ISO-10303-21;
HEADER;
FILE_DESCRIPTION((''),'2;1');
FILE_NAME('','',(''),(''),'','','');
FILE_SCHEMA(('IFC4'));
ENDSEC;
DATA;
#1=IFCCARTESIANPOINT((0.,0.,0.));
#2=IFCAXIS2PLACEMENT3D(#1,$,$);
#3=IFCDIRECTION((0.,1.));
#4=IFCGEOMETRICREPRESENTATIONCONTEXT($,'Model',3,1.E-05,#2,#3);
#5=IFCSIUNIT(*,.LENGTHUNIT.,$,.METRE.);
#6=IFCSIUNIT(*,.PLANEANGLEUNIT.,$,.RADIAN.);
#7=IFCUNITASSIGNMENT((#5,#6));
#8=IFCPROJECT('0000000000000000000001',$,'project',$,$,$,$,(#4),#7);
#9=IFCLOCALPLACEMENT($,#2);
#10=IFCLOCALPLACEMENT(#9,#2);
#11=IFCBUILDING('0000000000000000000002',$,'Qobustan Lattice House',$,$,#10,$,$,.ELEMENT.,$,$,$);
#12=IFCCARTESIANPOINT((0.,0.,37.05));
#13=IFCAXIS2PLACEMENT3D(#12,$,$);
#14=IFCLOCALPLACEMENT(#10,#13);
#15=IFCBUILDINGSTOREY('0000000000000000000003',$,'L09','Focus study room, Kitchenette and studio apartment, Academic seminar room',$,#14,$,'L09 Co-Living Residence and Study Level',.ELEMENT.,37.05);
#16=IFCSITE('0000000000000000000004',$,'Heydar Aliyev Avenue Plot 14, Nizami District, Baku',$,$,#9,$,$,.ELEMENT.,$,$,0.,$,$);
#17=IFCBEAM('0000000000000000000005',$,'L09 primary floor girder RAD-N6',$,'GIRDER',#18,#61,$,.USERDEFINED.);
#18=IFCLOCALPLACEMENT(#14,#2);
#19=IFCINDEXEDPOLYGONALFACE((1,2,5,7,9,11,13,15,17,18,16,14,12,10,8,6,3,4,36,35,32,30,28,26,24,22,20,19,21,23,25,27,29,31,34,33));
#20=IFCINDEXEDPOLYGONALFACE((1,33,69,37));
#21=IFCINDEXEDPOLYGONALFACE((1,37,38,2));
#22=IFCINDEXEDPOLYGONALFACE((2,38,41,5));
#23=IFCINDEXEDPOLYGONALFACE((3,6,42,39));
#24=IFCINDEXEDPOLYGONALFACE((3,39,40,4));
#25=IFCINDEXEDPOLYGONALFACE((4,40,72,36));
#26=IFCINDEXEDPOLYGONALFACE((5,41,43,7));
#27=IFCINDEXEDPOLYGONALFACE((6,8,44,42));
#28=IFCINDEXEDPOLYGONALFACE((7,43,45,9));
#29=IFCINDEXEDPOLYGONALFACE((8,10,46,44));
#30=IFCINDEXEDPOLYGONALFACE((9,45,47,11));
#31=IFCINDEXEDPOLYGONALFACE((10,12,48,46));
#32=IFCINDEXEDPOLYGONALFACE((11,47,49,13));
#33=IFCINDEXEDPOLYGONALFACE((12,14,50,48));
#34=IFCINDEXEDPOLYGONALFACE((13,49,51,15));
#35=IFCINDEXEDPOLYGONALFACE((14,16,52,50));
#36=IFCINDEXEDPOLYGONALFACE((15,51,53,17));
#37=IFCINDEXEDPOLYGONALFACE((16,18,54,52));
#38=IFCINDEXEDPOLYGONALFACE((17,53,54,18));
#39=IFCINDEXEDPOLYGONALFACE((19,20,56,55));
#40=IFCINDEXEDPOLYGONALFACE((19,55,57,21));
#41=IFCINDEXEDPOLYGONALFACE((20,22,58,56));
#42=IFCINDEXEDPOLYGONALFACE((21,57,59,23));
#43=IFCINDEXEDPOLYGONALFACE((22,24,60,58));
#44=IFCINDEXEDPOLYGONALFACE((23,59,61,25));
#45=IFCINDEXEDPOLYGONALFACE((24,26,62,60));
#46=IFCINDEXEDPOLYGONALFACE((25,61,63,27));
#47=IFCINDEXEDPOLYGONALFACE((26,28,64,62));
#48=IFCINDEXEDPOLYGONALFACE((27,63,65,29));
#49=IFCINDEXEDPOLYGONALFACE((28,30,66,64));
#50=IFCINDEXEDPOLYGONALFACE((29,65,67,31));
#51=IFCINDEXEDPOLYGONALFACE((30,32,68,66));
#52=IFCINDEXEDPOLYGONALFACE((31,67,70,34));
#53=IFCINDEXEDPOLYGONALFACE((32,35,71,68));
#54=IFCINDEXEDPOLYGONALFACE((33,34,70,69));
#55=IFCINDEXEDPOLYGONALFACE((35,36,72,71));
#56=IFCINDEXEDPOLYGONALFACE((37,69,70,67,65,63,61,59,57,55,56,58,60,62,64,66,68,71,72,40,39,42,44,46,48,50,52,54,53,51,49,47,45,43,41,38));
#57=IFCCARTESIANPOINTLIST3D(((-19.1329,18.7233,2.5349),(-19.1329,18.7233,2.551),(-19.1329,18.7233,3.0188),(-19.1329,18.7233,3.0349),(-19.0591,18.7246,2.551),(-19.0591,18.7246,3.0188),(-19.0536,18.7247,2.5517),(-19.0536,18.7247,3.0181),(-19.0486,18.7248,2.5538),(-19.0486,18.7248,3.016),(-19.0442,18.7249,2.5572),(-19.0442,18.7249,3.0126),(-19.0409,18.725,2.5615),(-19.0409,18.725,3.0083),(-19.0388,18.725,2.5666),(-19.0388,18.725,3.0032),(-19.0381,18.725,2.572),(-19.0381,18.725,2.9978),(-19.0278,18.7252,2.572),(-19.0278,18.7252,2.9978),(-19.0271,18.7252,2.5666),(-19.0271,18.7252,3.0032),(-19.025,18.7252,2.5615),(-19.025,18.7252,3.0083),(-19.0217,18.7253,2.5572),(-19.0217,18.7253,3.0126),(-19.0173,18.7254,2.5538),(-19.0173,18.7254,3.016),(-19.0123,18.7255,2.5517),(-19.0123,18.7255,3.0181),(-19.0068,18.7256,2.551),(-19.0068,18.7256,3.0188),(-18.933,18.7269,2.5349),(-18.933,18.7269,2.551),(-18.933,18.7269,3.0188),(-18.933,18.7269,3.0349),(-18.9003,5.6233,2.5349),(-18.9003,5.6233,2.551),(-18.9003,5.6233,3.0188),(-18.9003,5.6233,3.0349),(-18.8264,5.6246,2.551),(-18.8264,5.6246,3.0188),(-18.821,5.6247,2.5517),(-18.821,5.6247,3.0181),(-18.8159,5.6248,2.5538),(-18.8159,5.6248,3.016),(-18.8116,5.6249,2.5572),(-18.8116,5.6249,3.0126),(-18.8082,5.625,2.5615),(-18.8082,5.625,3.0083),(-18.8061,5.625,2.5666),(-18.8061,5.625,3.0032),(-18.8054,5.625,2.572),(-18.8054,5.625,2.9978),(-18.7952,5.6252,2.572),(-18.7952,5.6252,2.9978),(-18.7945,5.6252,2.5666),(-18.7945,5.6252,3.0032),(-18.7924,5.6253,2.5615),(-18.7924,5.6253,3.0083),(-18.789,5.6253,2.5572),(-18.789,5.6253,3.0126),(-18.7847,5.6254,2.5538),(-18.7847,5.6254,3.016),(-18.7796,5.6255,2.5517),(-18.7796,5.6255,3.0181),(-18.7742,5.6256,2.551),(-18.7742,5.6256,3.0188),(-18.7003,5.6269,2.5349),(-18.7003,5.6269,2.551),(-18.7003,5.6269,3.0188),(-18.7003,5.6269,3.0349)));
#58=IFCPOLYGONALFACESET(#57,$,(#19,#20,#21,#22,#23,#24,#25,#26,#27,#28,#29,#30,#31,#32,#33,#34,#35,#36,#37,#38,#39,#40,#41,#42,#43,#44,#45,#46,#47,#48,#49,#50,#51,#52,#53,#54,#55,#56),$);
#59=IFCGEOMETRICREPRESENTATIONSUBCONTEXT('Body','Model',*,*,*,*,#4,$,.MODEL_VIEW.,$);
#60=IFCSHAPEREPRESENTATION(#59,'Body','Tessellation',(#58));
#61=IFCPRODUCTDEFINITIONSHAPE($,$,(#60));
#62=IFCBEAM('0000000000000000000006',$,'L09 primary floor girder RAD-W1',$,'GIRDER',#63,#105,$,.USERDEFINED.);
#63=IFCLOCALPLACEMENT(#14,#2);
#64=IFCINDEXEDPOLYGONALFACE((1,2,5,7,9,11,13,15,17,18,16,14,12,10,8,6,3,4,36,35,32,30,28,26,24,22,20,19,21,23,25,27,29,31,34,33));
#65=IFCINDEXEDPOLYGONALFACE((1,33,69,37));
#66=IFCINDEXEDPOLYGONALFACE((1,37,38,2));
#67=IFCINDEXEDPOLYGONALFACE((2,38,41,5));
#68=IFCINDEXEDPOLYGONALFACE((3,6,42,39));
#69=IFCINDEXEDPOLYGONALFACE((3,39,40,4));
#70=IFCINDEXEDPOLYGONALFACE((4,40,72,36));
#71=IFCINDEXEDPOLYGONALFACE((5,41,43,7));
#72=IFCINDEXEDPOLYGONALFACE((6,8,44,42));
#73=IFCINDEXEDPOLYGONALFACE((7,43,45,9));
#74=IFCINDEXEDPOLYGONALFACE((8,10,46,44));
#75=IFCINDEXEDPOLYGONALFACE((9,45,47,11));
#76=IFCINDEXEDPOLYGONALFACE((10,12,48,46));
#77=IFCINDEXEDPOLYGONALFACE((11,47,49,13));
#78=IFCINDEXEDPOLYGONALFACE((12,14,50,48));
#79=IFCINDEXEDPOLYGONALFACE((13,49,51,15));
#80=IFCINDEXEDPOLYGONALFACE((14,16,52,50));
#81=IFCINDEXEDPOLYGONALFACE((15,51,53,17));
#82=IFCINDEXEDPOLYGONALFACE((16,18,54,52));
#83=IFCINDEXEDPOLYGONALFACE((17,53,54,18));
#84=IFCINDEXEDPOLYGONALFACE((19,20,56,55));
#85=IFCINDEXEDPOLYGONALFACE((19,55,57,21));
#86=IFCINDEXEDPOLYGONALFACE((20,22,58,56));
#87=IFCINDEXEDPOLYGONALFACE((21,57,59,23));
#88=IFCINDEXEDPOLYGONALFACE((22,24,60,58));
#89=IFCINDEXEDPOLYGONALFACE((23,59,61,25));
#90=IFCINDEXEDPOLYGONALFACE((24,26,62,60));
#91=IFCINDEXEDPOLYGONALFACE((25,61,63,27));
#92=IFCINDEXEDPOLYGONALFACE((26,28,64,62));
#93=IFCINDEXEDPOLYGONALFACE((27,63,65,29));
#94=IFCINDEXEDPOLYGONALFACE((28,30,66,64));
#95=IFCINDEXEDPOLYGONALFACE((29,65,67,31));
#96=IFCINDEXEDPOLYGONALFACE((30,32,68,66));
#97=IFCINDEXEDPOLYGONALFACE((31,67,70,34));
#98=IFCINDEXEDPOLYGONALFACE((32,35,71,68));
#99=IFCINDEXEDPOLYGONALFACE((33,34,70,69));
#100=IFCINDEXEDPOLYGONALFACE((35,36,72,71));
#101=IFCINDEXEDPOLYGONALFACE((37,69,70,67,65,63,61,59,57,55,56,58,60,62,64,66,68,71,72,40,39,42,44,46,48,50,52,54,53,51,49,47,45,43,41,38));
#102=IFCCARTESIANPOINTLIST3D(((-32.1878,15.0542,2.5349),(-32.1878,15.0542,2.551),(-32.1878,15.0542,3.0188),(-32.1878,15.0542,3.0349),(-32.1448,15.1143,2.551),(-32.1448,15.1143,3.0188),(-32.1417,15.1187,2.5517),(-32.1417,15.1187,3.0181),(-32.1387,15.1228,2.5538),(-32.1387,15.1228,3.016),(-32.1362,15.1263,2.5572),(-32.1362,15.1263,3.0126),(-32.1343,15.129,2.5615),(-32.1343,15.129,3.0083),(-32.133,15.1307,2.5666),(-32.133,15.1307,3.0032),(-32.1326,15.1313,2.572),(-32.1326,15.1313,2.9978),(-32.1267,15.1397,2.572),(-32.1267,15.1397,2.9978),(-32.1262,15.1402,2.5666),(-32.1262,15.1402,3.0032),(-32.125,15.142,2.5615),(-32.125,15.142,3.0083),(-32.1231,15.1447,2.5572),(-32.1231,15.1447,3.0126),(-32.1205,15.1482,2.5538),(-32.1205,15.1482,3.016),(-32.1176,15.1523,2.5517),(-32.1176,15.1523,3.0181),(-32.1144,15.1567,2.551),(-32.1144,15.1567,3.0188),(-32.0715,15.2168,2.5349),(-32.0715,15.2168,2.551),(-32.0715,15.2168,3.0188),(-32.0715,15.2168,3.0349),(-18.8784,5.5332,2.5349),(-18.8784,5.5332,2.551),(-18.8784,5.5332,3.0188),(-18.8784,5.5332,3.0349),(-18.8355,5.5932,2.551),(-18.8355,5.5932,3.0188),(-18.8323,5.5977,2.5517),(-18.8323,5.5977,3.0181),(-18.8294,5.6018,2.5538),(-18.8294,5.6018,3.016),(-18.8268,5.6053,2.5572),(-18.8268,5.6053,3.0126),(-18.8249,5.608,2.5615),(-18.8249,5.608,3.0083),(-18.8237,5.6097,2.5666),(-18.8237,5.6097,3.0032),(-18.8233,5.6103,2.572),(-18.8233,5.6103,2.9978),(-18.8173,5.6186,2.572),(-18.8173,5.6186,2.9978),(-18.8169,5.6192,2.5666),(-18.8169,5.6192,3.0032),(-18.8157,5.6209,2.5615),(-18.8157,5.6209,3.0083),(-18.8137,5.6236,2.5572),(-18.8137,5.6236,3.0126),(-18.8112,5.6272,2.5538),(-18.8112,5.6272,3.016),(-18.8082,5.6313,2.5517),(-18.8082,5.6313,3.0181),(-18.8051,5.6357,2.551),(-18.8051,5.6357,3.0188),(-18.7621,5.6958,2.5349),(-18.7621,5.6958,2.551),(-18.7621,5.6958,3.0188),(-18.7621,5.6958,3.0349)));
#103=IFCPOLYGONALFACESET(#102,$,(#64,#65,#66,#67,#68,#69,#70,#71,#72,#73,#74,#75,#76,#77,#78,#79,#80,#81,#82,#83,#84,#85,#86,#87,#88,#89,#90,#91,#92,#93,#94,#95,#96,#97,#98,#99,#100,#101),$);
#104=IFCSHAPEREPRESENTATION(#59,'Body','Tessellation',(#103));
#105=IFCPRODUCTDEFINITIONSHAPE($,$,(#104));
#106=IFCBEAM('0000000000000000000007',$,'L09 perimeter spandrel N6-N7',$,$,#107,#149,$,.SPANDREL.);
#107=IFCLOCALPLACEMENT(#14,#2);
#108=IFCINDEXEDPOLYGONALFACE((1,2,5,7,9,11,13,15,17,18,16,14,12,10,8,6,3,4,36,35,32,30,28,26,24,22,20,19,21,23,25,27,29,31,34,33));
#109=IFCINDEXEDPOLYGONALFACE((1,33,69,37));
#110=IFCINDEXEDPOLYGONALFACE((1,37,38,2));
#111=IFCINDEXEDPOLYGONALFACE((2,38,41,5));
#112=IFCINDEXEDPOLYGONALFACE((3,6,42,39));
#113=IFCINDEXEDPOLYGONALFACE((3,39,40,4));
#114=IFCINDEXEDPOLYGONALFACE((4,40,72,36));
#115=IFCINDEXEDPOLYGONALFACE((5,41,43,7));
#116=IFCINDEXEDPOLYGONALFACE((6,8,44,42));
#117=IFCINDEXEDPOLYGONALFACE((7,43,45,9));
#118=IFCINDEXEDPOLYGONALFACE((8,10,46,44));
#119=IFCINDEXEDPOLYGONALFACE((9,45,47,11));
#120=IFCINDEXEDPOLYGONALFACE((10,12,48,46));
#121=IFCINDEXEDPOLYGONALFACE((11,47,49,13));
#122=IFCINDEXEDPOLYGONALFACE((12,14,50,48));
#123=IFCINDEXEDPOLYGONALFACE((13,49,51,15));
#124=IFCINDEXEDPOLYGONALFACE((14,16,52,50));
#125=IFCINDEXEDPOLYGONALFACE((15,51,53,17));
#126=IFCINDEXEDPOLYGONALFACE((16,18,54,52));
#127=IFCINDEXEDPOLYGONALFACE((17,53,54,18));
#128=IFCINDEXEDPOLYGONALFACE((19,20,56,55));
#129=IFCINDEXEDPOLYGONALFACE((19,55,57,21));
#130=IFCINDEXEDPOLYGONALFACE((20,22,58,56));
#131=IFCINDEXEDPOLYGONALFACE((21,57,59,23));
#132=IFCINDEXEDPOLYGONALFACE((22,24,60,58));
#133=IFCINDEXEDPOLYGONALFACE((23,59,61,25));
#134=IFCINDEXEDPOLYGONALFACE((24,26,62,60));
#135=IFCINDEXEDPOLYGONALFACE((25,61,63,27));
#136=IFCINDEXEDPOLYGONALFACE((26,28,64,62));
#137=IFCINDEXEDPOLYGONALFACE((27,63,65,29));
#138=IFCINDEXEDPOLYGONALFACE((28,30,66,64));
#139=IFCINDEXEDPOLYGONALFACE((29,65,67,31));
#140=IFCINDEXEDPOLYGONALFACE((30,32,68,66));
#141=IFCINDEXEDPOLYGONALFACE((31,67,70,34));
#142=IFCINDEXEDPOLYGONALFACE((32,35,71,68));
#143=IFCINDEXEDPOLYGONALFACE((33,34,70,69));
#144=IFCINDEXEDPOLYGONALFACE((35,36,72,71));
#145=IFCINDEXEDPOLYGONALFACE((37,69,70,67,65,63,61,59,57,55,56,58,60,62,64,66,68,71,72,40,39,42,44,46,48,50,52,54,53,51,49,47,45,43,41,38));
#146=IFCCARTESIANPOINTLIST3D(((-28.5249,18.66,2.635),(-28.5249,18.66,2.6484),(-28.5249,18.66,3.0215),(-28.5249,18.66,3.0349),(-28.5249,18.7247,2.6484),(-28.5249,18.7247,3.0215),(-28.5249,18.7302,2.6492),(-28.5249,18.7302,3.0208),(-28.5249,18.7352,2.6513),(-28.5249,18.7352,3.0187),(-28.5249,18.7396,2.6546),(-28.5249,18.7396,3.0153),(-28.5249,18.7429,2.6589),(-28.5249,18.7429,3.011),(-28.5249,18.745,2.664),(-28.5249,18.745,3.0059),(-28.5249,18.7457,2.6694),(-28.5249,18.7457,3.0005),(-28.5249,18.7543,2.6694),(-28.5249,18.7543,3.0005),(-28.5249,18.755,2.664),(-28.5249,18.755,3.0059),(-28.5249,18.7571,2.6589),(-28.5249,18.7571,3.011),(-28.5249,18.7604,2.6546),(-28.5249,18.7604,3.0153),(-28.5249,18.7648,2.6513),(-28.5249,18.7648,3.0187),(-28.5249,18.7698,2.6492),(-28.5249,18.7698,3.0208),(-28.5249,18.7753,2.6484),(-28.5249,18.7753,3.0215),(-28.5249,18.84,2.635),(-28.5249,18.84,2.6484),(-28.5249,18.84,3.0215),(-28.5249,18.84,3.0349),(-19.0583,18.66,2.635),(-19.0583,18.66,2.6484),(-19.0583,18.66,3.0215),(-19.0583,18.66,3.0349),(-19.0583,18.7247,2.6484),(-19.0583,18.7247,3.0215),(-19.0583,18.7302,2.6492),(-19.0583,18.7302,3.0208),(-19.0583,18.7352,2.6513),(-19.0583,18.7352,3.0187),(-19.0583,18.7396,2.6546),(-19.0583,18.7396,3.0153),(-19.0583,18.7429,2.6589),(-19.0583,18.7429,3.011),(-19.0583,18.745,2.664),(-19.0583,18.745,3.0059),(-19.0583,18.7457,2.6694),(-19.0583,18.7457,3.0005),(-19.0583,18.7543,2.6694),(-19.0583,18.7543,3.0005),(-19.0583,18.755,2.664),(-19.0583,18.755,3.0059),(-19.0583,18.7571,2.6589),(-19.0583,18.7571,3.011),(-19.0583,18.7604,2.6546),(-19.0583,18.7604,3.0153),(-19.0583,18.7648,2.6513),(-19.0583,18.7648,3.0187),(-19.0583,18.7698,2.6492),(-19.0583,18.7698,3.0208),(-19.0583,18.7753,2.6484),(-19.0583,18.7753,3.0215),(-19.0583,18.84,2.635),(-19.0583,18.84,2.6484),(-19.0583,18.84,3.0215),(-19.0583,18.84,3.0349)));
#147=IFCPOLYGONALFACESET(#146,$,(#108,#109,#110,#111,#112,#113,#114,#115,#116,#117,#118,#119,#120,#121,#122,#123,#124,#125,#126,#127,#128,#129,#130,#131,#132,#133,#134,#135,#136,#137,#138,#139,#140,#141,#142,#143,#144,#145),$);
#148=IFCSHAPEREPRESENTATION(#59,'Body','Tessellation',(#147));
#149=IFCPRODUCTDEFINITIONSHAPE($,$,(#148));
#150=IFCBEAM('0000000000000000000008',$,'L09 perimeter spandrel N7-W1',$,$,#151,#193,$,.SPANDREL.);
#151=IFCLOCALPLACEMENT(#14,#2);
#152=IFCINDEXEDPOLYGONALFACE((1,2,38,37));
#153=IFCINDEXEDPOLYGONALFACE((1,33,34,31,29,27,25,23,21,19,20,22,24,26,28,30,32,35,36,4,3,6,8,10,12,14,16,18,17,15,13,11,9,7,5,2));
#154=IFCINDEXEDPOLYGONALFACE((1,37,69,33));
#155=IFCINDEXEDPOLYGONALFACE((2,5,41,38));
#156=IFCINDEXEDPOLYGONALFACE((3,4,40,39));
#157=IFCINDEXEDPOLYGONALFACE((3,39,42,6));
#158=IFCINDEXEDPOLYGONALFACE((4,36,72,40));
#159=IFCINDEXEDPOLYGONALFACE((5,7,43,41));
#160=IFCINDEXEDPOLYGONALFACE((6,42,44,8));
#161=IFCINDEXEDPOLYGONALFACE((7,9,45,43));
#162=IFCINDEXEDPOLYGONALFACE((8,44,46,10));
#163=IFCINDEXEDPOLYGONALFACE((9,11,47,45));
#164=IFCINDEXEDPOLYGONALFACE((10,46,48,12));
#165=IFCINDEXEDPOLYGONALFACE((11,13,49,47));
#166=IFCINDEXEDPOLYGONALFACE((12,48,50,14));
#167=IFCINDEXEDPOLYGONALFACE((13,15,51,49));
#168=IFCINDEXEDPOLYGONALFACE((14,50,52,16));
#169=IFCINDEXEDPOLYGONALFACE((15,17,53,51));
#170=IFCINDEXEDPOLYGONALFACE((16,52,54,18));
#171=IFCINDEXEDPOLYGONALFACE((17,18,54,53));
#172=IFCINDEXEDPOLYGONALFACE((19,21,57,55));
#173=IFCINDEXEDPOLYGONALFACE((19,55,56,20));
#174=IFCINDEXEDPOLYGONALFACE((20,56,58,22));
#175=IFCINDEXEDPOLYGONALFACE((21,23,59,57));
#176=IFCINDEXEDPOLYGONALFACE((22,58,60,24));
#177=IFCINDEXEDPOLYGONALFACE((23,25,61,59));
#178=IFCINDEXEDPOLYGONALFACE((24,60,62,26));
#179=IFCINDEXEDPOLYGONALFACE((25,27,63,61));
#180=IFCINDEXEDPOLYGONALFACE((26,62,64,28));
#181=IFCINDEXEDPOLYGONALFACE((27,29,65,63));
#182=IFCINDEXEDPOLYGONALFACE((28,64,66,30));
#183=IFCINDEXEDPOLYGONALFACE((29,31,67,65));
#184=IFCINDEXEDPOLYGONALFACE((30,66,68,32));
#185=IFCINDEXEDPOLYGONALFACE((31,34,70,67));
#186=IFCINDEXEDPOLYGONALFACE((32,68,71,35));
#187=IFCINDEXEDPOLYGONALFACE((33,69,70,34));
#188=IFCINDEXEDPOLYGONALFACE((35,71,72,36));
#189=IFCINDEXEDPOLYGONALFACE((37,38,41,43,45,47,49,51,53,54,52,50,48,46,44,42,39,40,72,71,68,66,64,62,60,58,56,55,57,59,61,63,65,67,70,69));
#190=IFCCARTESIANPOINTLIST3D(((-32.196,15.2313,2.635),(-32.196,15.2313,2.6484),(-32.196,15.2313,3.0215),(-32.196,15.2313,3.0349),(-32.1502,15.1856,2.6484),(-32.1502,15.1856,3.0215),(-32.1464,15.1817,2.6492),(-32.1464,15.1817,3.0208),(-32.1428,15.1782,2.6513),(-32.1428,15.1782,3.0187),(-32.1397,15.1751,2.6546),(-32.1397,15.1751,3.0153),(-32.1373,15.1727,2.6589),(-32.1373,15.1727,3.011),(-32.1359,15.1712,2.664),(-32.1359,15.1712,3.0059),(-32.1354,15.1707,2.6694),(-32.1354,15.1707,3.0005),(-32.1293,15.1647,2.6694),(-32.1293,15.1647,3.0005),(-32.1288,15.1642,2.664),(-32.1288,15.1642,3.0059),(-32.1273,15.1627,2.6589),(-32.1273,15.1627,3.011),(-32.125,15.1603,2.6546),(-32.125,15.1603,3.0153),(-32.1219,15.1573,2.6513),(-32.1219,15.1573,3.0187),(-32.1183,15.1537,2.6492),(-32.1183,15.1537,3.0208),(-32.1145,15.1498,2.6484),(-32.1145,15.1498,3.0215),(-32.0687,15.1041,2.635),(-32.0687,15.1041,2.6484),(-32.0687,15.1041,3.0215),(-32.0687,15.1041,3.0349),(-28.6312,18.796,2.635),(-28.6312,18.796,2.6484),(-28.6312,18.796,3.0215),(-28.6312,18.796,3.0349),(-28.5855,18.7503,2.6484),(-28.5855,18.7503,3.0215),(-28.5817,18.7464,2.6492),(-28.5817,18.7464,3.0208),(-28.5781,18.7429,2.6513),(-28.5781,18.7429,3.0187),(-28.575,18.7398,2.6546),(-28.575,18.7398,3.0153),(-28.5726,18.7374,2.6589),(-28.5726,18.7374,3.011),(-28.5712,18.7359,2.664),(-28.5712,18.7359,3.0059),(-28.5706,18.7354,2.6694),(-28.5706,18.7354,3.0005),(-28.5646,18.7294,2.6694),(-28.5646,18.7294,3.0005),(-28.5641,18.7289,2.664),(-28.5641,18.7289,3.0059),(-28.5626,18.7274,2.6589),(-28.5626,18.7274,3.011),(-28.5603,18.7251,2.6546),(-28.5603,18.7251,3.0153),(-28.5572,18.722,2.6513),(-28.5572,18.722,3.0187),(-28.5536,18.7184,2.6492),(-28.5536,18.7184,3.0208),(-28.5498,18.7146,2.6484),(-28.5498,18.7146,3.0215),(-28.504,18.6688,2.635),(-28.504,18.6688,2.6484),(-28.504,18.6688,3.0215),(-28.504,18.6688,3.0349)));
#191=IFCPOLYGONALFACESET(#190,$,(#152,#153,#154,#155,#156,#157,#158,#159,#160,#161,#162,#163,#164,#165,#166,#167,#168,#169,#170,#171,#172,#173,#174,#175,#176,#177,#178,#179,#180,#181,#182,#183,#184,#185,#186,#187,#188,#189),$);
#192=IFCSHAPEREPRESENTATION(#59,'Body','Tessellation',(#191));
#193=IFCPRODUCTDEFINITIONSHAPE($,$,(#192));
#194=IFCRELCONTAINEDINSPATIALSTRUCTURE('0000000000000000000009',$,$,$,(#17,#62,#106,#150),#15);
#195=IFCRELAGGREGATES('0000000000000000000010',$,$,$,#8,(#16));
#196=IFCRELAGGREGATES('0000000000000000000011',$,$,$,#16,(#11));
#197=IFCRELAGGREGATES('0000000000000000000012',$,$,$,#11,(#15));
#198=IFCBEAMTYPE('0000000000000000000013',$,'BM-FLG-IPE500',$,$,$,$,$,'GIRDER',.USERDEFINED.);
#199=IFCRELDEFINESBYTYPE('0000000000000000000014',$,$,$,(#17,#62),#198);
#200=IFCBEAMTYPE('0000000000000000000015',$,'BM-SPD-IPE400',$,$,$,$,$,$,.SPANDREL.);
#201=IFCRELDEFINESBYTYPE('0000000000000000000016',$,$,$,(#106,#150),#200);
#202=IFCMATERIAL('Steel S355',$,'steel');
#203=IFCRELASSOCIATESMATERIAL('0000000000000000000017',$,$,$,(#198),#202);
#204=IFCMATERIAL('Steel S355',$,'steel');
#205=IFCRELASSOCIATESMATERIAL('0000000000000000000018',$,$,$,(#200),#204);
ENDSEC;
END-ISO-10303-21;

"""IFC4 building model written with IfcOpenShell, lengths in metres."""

from ifc_helpers import new_model, si_unit, direction, frame, origin, origin_2d, place, context, subcontext, project, spatial, i_section, extrude, material, material_profile, profile_set, type_object, element, save


model = new_model("IFC4")

# Units and contexts
model_context = context("Model", 3, precision=1e-05, world=origin(), true_north=direction((0.0, 1.0)))
body_context = subcontext(model_context, "Body", "Model", "MODEL_VIEW")
ifc_project = project(units=[si_unit("LENGTHUNIT", "METRE"), si_unit("PLANEANGLEUNIT", "RADIAN")], contexts=[model_context])

# Site, building, storey
site_placement = place(None, origin())
site = spatial("IfcSite", under=ifc_project, at=site_placement, Name="Heydar Aliyev Avenue Plot 14, Nizami District, Baku", CompositionType="ELEMENT", RefElevation=0.0)
building_placement = place(site_placement, origin())
building = spatial("IfcBuilding", under=site, at=building_placement, Name="Qobustan Lattice House", CompositionType="ELEMENT")
storey_placement = place(building_placement, frame((0.0, 0.0, 37.05)))
storey = spatial("IfcBuildingStorey", under=building, at=storey_placement, Name="L09", Description="Focus study room, Kitchenette and studio apartment, Academic seminar room", LongName="L09 Co-Living Residence and Study Level", CompositionType="ELEMENT", Elevation=37.05)

# Beams
ifc_material_1 = material(Name="Steel S355", Category="steel")
ifc_material_profile_1 = material_profile(ifc_material_1, i_section(OverallWidth=0.2, OverallDepth=0.5, WebThickness=0.0103, FlangeThickness=0.0161, FilletRadius=0.021, at=origin_2d()), Name="IPE500")
ifc_profile_set_1 = profile_set([ifc_material_profile_1], Name="Steel S355")
beam_type_1 = type_object("IfcBeamType", Name="BM-FLG-IPE500", ElementType="GIRDER", PredefinedType="USERDEFINED", material=ifc_profile_set_1)
beam_1_placement = place(storey_placement, frame((-19.033, 18.7251, 2.7849), z_axis=(0.017758, -0.999842, 0.0), x_axis=(0.999842, 0.017758, 0.0)))
element("IfcBeam", 1, at=beam_1_placement, inside=storey, type_object=beam_type_1, Name="L09 primary floor girder RAD-N6", ObjectType="GIRDER", PredefinedType="USERDEFINED", context=body_context, shape_type="SweptSolid", body=[
    extrude(i_section(OverallWidth=0.2, OverallDepth=0.5, WebThickness=0.0103, FlangeThickness=0.0161, FilletRadius=0.021, at=origin_2d()), origin(), (0.0, 0.0, 1.0), 13.1021),
])
beam_2_placement = place(storey_placement, frame((-32.1296, 15.1355, 2.7849), z_axis=(0.813319, -0.581818, 0.0), x_axis=(0.581818, 0.813319, 0.0)))
element("IfcBeam", 2, at=beam_2_placement, inside=storey, type_object=beam_type_1, Name="L09 primary floor girder RAD-W1", ObjectType="GIRDER", PredefinedType="USERDEFINED", context=body_context, shape_type="SweptSolid", body=[
    extrude(i_section(OverallWidth=0.2, OverallDepth=0.5, WebThickness=0.0103, FlangeThickness=0.0161, FilletRadius=0.021, at=origin_2d()), origin(), (0.0, 0.0, 1.0), 16.3643),
])
ifc_material_2 = material(Name="Steel S355", Category="steel")
ifc_material_profile_2 = material_profile(ifc_material_2, i_section(OverallWidth=0.1799, OverallDepth=0.3999, WebThickness=0.0085, FlangeThickness=0.0134, FilletRadius=0.021, at=origin_2d()), Name="IPE400")
ifc_profile_set_2 = profile_set([ifc_material_profile_2], Name="Steel S355")
beam_type_2 = type_object("IfcBeamType", Name="BM-SPD-IPE400", PredefinedType="SPANDREL", material=ifc_profile_set_2)
beam_3_placement = place(storey_placement, frame((-19.0583, 18.75, 2.835), z_axis=(-1.0, 0.0, 0.0), x_axis=(0.0, -1.0, 0.0)))
element("IfcBeam", 3, at=beam_3_placement, inside=storey, type_object=beam_type_2, Name="L09 perimeter spandrel N6-N7", PredefinedType="SPANDREL", context=body_context, shape_type="SweptSolid", body=[
    extrude(i_section(OverallWidth=0.1799, OverallDepth=0.3999, WebThickness=0.0085, FlangeThickness=0.0134, FilletRadius=0.021, at=origin_2d()), origin(), (0.0, 0.0, 1.0), 9.4666),
])
beam_4_placement = place(storey_placement, frame((-28.5676, 18.7324, 2.835), z_axis=(-0.707107, -0.707107, 0.0), x_axis=(0.707107, -0.707107, 0.0)))
element("IfcBeam", 4, at=beam_4_placement, inside=storey, type_object=beam_type_2, Name="L09 perimeter spandrel N7-W1", PredefinedType="SPANDREL", context=body_context, shape_type="SweptSolid", body=[
    extrude(i_section(OverallWidth=0.1799, OverallDepth=0.3999, WebThickness=0.0085, FlangeThickness=0.0134, FilletRadius=0.021, at=origin_2d()), origin(), (0.0, 0.0, 1.0), 5.0413),
])

save(model, "model.ifc")
